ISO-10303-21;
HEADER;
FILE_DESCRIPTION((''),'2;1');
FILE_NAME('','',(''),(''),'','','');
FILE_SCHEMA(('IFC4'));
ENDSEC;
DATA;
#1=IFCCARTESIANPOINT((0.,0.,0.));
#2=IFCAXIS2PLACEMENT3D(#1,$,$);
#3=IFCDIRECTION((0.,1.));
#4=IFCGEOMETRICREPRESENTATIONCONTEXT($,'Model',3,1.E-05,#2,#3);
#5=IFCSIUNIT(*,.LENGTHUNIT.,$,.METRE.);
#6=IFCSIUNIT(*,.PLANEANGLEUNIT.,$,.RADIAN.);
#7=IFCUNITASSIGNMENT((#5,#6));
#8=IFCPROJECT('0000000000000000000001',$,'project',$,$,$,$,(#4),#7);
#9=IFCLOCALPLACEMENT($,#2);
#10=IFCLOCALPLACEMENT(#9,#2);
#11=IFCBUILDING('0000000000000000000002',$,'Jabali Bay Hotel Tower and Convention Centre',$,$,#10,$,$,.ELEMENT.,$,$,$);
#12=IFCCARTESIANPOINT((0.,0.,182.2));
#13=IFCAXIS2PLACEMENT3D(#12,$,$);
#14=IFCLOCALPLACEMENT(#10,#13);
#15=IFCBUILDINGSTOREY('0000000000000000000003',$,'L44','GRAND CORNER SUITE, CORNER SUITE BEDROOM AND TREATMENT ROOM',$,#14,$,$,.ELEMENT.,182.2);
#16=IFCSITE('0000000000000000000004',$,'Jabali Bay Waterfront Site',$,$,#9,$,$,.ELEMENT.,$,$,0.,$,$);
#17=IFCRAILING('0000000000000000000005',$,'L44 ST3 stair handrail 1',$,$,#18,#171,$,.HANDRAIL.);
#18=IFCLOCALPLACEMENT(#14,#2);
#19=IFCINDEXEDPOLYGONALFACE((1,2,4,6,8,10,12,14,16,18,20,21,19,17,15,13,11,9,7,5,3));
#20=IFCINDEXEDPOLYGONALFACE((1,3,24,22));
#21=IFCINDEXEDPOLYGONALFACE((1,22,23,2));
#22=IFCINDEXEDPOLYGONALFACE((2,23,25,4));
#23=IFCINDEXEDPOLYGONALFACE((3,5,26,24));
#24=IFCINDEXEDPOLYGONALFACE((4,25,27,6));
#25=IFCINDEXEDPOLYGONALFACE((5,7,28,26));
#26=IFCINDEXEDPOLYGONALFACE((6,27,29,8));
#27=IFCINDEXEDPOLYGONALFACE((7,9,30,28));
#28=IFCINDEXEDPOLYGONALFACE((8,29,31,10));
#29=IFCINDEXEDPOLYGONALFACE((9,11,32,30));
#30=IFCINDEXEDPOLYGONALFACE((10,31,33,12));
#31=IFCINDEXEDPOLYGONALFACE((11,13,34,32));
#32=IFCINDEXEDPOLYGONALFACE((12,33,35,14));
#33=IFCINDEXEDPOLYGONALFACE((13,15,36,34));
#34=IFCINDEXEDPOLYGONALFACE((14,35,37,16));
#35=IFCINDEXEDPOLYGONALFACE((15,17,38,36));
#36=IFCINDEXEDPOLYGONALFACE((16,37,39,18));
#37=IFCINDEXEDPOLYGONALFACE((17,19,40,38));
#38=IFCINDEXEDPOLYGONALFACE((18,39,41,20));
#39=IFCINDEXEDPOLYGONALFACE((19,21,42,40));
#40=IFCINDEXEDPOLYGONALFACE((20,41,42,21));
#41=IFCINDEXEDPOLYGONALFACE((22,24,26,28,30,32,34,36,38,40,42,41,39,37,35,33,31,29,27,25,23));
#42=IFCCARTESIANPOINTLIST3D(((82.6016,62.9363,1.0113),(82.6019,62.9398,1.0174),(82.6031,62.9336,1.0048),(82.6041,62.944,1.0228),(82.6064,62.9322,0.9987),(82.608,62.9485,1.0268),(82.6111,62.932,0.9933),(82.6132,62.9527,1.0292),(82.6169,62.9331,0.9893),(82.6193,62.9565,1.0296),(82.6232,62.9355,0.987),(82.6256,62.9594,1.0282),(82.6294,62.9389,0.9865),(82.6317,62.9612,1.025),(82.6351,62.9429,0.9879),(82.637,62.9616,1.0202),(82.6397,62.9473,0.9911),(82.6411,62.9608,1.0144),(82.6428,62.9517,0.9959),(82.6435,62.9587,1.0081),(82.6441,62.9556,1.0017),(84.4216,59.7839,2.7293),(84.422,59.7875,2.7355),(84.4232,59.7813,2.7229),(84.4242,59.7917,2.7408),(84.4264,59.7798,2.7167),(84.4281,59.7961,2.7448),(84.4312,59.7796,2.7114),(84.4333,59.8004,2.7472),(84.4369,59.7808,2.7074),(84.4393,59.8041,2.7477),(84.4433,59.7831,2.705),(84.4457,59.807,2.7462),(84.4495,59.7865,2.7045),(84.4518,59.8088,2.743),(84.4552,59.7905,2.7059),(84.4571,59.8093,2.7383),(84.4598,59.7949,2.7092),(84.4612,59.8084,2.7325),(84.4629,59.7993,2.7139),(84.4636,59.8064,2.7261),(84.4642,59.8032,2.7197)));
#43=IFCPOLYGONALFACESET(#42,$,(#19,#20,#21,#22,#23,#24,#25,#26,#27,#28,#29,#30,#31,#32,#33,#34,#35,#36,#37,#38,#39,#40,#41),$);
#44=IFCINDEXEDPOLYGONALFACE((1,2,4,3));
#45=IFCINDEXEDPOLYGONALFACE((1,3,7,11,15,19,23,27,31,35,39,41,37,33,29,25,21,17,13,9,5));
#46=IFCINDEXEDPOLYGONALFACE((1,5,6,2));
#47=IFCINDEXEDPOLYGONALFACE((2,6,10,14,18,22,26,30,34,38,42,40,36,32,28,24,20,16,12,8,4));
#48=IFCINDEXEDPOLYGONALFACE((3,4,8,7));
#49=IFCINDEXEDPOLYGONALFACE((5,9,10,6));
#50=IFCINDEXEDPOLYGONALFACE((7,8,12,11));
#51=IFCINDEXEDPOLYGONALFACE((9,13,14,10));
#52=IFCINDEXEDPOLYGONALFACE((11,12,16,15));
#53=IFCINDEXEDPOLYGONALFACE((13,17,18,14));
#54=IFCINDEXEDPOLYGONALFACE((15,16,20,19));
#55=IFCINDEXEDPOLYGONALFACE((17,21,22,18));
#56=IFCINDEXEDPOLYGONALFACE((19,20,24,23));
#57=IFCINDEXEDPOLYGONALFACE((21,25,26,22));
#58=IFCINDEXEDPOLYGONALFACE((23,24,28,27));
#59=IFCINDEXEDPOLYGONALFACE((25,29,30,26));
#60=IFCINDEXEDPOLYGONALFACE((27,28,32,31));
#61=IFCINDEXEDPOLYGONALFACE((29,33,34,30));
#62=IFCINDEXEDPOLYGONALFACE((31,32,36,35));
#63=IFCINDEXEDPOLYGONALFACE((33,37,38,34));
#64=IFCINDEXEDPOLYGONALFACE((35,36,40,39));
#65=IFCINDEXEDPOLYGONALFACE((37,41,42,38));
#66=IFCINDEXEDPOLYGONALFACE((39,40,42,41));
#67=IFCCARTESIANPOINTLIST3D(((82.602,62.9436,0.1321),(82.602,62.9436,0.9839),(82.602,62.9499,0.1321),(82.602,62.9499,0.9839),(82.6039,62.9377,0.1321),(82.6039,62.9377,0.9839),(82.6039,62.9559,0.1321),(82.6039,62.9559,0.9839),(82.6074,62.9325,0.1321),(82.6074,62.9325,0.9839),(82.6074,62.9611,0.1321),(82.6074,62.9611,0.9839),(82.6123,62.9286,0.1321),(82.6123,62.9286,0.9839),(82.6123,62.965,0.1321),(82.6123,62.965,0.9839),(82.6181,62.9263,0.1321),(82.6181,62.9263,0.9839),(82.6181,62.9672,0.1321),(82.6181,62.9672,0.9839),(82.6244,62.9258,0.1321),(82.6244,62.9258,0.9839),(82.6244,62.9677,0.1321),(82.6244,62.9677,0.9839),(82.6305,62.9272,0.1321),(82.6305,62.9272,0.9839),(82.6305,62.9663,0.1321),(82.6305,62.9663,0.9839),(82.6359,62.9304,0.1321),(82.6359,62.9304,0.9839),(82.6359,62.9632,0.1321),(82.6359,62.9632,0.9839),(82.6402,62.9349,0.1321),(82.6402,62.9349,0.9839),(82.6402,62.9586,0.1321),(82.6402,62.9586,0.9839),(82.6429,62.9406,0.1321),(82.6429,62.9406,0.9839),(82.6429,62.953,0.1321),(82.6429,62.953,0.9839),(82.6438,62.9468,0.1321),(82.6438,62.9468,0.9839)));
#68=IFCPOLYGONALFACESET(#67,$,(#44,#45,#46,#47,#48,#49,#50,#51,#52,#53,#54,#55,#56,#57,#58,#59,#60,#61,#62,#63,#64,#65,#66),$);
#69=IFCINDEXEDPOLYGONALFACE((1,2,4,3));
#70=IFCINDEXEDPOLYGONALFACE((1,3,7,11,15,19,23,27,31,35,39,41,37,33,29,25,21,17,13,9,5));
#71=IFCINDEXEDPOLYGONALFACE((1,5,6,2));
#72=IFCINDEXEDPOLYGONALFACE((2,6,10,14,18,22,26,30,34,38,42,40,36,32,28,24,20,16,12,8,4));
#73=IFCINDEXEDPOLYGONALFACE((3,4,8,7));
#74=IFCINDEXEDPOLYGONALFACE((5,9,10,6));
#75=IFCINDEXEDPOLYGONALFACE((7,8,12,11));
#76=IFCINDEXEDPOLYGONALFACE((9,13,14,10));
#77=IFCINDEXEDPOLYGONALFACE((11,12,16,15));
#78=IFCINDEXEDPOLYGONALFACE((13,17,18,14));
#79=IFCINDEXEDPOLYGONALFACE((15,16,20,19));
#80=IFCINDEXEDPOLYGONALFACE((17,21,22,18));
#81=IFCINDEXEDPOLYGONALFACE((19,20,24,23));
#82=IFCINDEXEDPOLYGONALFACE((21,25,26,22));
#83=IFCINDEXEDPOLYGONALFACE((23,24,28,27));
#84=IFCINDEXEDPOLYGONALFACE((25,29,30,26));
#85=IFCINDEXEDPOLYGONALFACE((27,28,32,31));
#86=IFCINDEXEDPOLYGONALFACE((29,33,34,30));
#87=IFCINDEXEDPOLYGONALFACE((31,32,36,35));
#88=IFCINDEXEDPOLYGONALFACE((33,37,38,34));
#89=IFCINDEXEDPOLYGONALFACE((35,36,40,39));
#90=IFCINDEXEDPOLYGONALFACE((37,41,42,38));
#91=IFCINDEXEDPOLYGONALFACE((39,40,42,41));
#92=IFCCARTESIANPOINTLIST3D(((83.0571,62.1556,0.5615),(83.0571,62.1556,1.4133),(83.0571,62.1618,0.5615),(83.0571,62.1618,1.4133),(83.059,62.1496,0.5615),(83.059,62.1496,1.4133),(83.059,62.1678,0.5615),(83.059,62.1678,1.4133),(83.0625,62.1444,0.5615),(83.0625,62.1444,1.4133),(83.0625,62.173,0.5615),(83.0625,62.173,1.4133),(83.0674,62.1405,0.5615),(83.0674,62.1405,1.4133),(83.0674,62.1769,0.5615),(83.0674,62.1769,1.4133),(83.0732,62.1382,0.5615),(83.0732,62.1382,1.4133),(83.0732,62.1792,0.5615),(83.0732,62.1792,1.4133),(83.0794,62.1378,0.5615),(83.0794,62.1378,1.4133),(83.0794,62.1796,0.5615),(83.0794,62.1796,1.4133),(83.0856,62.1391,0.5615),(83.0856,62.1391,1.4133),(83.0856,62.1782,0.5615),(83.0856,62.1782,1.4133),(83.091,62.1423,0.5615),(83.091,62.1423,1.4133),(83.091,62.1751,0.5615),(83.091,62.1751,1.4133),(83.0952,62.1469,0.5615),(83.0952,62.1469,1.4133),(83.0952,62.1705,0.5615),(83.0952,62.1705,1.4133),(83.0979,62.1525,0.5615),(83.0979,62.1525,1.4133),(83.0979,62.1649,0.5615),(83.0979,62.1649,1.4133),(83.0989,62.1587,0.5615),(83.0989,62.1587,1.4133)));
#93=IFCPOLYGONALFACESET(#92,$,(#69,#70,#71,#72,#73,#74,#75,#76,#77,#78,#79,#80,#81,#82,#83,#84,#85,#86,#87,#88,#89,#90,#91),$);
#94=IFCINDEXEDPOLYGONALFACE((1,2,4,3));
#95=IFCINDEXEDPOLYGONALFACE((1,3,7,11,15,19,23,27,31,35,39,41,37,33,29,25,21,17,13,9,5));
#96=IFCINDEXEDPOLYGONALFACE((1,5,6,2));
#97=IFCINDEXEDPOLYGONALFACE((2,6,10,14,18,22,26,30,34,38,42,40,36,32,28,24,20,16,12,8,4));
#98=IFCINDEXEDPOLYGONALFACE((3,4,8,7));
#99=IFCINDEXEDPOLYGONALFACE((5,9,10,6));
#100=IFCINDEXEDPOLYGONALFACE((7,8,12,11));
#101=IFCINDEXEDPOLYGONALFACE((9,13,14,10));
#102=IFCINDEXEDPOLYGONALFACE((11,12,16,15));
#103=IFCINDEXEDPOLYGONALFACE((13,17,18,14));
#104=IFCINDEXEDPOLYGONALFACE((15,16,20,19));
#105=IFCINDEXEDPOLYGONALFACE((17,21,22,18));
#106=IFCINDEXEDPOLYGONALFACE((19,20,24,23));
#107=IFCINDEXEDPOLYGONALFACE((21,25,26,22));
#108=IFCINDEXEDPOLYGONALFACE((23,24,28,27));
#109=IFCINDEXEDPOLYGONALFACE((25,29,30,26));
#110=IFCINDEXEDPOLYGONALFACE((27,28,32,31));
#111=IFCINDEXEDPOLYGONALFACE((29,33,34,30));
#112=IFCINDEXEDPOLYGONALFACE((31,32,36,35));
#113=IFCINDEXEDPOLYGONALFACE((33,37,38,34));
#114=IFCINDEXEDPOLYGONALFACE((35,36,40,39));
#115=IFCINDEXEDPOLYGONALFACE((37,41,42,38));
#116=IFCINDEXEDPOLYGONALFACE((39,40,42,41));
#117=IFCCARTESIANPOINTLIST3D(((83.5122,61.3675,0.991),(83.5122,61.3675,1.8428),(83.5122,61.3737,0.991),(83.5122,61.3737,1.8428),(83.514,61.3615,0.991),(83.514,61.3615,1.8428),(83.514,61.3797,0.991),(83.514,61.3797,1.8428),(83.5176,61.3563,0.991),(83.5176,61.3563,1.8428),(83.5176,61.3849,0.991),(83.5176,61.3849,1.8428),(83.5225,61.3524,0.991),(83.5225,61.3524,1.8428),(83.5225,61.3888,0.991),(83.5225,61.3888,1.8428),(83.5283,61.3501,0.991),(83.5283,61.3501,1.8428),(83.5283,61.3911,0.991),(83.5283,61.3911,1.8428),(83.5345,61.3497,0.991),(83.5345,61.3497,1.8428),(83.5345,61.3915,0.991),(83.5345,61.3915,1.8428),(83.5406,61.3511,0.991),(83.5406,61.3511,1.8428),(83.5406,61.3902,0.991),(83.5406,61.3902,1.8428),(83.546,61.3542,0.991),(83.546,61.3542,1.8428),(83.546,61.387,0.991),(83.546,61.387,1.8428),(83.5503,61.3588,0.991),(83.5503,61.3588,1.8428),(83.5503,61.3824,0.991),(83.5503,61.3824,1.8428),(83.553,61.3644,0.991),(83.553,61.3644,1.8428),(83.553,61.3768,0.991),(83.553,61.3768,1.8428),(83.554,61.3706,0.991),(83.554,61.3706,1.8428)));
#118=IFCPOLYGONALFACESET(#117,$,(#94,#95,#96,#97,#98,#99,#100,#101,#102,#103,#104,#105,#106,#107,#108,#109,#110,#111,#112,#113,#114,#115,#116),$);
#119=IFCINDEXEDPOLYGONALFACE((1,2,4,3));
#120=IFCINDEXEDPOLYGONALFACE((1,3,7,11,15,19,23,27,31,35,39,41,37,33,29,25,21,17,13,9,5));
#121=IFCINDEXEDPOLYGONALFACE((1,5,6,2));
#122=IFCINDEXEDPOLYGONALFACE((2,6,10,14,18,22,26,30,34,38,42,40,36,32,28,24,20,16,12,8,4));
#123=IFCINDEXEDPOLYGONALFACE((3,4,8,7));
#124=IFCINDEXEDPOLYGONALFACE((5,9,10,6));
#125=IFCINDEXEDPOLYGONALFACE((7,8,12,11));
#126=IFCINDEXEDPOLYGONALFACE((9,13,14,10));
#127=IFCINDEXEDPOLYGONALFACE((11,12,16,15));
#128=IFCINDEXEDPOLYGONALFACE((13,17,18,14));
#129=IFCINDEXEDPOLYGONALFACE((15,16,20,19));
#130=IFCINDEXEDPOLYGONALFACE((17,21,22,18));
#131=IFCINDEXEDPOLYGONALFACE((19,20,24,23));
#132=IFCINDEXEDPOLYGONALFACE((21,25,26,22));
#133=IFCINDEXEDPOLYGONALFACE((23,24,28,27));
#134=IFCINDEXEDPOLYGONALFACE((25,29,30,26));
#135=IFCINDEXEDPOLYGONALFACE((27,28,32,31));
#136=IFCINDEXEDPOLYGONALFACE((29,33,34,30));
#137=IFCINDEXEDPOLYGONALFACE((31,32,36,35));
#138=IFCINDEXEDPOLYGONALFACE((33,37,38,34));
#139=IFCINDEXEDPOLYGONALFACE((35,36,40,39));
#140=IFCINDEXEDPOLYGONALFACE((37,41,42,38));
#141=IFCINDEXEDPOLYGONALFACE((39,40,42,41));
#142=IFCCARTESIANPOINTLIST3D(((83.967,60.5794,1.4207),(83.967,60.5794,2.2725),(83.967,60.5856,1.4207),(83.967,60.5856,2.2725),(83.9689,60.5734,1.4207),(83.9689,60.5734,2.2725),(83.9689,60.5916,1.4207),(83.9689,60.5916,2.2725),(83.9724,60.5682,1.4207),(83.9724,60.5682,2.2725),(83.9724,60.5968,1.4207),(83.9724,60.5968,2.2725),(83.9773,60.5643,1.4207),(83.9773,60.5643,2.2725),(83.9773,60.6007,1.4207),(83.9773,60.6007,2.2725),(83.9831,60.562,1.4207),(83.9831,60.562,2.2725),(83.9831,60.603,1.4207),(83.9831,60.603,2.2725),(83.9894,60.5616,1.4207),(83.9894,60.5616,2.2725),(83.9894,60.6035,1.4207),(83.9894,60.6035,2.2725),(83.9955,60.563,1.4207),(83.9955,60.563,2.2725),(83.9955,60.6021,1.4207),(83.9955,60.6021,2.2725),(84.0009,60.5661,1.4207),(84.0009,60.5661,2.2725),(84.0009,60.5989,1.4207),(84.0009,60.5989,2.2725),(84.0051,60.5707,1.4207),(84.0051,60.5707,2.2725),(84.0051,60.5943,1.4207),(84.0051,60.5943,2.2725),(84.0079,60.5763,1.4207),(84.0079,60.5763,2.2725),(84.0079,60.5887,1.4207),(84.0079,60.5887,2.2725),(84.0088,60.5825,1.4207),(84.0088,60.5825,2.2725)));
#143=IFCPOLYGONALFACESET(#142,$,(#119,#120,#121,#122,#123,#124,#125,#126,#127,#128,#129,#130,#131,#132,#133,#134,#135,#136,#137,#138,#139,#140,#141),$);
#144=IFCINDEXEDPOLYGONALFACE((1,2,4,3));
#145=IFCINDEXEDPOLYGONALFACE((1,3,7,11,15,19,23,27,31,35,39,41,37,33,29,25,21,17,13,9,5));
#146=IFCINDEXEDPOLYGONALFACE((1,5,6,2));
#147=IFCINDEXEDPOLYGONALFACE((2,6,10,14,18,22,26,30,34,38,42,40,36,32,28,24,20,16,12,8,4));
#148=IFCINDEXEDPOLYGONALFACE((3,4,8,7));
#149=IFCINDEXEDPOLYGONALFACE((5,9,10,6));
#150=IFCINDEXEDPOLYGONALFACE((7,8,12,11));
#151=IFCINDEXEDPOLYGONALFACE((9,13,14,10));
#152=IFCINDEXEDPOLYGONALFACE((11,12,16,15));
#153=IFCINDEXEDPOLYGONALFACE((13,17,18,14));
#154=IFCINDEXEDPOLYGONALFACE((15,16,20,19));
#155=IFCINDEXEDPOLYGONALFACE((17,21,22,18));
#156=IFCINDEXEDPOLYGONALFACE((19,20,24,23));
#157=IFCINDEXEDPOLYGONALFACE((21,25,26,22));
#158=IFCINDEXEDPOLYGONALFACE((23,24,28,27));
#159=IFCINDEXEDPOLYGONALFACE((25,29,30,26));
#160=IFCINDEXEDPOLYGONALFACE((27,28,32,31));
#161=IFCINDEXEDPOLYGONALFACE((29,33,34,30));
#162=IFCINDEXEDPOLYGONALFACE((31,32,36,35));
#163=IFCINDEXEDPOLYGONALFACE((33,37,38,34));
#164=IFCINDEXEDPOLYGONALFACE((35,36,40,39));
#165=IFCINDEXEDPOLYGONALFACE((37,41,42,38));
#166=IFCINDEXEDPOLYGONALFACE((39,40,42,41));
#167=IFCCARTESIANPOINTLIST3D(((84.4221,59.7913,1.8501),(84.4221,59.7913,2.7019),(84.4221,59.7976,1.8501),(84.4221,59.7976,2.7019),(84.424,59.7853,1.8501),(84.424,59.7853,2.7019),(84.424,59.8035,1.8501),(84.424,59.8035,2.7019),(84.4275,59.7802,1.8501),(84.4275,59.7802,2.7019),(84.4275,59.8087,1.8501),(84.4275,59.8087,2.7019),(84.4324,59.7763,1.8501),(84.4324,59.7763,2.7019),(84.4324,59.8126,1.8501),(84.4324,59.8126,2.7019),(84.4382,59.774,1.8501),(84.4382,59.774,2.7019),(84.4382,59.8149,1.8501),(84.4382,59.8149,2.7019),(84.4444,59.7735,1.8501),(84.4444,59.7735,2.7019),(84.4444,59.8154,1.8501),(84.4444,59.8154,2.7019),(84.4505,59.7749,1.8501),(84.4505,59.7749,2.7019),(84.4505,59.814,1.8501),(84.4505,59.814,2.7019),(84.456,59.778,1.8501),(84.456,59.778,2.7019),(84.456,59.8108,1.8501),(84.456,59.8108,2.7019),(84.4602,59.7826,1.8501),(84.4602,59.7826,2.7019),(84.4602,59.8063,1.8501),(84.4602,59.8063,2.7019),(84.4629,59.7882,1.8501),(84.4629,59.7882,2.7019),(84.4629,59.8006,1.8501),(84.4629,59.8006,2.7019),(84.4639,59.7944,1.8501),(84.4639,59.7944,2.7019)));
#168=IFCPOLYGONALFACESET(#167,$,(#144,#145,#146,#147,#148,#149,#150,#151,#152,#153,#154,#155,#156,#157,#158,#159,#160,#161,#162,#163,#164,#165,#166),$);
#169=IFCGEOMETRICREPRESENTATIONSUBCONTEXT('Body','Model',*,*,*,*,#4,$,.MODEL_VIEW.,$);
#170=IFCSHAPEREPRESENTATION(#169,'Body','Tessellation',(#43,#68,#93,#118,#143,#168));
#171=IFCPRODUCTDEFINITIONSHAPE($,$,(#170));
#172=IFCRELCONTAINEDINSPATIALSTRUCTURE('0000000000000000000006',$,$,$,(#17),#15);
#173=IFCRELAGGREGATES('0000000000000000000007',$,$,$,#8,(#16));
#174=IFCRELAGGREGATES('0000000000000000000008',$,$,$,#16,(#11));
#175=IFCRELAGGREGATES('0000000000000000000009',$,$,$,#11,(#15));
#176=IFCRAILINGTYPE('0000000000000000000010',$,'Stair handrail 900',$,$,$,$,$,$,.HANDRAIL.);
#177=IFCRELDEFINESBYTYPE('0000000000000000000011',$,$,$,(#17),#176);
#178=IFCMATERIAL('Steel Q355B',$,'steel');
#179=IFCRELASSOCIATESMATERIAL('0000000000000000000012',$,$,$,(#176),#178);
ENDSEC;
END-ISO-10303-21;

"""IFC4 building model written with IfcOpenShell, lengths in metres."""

from ifc_helpers import new_model, si_unit, direction, frame, origin, origin_2d, place, context, subcontext, project, spatial, circle, extrude, material, type_object, element, save


model = new_model("IFC4")

# Units and contexts
model_context = context("Model", 3, precision=1e-05, world=origin(), true_north=direction((0.0, 1.0)))
body_context = subcontext(model_context, "Body", "Model", "MODEL_VIEW")
ifc_project = project(units=[si_unit("LENGTHUNIT", "METRE"), si_unit("PLANEANGLEUNIT", "RADIAN")], contexts=[model_context])

# Site, building, storey
site_placement = place(None, origin())
site = spatial("IfcSite", under=ifc_project, at=site_placement, Name="Jabali Bay Waterfront Site", CompositionType="ELEMENT", RefElevation=0.0)
building_placement = place(site_placement, origin())
building = spatial("IfcBuilding", under=site, at=building_placement, Name="Jabali Bay Hotel Tower and Convention Centre", CompositionType="ELEMENT")
storey_placement = place(building_placement, frame((0.0, 0.0, 182.2)))
storey = spatial("IfcBuildingStorey", under=building, at=storey_placement, Name="L44", Description="GRAND CORNER SUITE, CORNER SUITE BEDROOM AND TREATMENT ROOM", CompositionType="ELEMENT", Elevation=182.2)

# Railing
ifc_material_1 = material(Name="Steel Q355B", Category="steel")
railing_type_1 = type_object("IfcRailingType", Name="Stair handrail 900", PredefinedType="HANDRAIL", material=ifc_material_1)
railing_1_placement = place(storey_placement, frame((82.6228, 62.9468, 0.1321)))
element("IfcRailing", 1, at=railing_1_placement, inside=storey, type_object=railing_type_1, Name="L44 ST3 stair handrail 1", PredefinedType="HANDRAIL", context=body_context, shape_type="SweptSolid", body=[
    extrude(circle(Radius=0.0239, at=origin_2d()), frame((0.0, 0.0, 0.876), z_axis=(0.452179, -0.78317, 0.426825), x_axis=(0.866018, 0.500013, 0.0)), (0.0, 0.0, 1.0), 4.0251),
    extrude(circle(Radius=0.021, at=origin_2d()), origin(), (0.0, 0.0, 1.0), 0.8518),
    extrude(circle(Radius=0.021, at=origin_2d()), frame((0.4551, -0.7881, 0.4294)), (0.0, 0.0, 1.0), 0.8518),
    extrude(circle(Radius=0.021, at=origin_2d()), frame((0.9102, -1.5762, 0.8589)), (0.0, 0.0, 1.0), 0.8518),
    extrude(circle(Radius=0.021, at=origin_2d()), frame((1.365, -2.3643, 1.2886)), (0.0, 0.0, 1.0), 0.8518),
    extrude(circle(Radius=0.021, at=origin_2d()), frame((1.8201, -3.1523, 1.718)), (0.0, 0.0, 1.0), 0.8518),
])

save(model, "model.ifc")
